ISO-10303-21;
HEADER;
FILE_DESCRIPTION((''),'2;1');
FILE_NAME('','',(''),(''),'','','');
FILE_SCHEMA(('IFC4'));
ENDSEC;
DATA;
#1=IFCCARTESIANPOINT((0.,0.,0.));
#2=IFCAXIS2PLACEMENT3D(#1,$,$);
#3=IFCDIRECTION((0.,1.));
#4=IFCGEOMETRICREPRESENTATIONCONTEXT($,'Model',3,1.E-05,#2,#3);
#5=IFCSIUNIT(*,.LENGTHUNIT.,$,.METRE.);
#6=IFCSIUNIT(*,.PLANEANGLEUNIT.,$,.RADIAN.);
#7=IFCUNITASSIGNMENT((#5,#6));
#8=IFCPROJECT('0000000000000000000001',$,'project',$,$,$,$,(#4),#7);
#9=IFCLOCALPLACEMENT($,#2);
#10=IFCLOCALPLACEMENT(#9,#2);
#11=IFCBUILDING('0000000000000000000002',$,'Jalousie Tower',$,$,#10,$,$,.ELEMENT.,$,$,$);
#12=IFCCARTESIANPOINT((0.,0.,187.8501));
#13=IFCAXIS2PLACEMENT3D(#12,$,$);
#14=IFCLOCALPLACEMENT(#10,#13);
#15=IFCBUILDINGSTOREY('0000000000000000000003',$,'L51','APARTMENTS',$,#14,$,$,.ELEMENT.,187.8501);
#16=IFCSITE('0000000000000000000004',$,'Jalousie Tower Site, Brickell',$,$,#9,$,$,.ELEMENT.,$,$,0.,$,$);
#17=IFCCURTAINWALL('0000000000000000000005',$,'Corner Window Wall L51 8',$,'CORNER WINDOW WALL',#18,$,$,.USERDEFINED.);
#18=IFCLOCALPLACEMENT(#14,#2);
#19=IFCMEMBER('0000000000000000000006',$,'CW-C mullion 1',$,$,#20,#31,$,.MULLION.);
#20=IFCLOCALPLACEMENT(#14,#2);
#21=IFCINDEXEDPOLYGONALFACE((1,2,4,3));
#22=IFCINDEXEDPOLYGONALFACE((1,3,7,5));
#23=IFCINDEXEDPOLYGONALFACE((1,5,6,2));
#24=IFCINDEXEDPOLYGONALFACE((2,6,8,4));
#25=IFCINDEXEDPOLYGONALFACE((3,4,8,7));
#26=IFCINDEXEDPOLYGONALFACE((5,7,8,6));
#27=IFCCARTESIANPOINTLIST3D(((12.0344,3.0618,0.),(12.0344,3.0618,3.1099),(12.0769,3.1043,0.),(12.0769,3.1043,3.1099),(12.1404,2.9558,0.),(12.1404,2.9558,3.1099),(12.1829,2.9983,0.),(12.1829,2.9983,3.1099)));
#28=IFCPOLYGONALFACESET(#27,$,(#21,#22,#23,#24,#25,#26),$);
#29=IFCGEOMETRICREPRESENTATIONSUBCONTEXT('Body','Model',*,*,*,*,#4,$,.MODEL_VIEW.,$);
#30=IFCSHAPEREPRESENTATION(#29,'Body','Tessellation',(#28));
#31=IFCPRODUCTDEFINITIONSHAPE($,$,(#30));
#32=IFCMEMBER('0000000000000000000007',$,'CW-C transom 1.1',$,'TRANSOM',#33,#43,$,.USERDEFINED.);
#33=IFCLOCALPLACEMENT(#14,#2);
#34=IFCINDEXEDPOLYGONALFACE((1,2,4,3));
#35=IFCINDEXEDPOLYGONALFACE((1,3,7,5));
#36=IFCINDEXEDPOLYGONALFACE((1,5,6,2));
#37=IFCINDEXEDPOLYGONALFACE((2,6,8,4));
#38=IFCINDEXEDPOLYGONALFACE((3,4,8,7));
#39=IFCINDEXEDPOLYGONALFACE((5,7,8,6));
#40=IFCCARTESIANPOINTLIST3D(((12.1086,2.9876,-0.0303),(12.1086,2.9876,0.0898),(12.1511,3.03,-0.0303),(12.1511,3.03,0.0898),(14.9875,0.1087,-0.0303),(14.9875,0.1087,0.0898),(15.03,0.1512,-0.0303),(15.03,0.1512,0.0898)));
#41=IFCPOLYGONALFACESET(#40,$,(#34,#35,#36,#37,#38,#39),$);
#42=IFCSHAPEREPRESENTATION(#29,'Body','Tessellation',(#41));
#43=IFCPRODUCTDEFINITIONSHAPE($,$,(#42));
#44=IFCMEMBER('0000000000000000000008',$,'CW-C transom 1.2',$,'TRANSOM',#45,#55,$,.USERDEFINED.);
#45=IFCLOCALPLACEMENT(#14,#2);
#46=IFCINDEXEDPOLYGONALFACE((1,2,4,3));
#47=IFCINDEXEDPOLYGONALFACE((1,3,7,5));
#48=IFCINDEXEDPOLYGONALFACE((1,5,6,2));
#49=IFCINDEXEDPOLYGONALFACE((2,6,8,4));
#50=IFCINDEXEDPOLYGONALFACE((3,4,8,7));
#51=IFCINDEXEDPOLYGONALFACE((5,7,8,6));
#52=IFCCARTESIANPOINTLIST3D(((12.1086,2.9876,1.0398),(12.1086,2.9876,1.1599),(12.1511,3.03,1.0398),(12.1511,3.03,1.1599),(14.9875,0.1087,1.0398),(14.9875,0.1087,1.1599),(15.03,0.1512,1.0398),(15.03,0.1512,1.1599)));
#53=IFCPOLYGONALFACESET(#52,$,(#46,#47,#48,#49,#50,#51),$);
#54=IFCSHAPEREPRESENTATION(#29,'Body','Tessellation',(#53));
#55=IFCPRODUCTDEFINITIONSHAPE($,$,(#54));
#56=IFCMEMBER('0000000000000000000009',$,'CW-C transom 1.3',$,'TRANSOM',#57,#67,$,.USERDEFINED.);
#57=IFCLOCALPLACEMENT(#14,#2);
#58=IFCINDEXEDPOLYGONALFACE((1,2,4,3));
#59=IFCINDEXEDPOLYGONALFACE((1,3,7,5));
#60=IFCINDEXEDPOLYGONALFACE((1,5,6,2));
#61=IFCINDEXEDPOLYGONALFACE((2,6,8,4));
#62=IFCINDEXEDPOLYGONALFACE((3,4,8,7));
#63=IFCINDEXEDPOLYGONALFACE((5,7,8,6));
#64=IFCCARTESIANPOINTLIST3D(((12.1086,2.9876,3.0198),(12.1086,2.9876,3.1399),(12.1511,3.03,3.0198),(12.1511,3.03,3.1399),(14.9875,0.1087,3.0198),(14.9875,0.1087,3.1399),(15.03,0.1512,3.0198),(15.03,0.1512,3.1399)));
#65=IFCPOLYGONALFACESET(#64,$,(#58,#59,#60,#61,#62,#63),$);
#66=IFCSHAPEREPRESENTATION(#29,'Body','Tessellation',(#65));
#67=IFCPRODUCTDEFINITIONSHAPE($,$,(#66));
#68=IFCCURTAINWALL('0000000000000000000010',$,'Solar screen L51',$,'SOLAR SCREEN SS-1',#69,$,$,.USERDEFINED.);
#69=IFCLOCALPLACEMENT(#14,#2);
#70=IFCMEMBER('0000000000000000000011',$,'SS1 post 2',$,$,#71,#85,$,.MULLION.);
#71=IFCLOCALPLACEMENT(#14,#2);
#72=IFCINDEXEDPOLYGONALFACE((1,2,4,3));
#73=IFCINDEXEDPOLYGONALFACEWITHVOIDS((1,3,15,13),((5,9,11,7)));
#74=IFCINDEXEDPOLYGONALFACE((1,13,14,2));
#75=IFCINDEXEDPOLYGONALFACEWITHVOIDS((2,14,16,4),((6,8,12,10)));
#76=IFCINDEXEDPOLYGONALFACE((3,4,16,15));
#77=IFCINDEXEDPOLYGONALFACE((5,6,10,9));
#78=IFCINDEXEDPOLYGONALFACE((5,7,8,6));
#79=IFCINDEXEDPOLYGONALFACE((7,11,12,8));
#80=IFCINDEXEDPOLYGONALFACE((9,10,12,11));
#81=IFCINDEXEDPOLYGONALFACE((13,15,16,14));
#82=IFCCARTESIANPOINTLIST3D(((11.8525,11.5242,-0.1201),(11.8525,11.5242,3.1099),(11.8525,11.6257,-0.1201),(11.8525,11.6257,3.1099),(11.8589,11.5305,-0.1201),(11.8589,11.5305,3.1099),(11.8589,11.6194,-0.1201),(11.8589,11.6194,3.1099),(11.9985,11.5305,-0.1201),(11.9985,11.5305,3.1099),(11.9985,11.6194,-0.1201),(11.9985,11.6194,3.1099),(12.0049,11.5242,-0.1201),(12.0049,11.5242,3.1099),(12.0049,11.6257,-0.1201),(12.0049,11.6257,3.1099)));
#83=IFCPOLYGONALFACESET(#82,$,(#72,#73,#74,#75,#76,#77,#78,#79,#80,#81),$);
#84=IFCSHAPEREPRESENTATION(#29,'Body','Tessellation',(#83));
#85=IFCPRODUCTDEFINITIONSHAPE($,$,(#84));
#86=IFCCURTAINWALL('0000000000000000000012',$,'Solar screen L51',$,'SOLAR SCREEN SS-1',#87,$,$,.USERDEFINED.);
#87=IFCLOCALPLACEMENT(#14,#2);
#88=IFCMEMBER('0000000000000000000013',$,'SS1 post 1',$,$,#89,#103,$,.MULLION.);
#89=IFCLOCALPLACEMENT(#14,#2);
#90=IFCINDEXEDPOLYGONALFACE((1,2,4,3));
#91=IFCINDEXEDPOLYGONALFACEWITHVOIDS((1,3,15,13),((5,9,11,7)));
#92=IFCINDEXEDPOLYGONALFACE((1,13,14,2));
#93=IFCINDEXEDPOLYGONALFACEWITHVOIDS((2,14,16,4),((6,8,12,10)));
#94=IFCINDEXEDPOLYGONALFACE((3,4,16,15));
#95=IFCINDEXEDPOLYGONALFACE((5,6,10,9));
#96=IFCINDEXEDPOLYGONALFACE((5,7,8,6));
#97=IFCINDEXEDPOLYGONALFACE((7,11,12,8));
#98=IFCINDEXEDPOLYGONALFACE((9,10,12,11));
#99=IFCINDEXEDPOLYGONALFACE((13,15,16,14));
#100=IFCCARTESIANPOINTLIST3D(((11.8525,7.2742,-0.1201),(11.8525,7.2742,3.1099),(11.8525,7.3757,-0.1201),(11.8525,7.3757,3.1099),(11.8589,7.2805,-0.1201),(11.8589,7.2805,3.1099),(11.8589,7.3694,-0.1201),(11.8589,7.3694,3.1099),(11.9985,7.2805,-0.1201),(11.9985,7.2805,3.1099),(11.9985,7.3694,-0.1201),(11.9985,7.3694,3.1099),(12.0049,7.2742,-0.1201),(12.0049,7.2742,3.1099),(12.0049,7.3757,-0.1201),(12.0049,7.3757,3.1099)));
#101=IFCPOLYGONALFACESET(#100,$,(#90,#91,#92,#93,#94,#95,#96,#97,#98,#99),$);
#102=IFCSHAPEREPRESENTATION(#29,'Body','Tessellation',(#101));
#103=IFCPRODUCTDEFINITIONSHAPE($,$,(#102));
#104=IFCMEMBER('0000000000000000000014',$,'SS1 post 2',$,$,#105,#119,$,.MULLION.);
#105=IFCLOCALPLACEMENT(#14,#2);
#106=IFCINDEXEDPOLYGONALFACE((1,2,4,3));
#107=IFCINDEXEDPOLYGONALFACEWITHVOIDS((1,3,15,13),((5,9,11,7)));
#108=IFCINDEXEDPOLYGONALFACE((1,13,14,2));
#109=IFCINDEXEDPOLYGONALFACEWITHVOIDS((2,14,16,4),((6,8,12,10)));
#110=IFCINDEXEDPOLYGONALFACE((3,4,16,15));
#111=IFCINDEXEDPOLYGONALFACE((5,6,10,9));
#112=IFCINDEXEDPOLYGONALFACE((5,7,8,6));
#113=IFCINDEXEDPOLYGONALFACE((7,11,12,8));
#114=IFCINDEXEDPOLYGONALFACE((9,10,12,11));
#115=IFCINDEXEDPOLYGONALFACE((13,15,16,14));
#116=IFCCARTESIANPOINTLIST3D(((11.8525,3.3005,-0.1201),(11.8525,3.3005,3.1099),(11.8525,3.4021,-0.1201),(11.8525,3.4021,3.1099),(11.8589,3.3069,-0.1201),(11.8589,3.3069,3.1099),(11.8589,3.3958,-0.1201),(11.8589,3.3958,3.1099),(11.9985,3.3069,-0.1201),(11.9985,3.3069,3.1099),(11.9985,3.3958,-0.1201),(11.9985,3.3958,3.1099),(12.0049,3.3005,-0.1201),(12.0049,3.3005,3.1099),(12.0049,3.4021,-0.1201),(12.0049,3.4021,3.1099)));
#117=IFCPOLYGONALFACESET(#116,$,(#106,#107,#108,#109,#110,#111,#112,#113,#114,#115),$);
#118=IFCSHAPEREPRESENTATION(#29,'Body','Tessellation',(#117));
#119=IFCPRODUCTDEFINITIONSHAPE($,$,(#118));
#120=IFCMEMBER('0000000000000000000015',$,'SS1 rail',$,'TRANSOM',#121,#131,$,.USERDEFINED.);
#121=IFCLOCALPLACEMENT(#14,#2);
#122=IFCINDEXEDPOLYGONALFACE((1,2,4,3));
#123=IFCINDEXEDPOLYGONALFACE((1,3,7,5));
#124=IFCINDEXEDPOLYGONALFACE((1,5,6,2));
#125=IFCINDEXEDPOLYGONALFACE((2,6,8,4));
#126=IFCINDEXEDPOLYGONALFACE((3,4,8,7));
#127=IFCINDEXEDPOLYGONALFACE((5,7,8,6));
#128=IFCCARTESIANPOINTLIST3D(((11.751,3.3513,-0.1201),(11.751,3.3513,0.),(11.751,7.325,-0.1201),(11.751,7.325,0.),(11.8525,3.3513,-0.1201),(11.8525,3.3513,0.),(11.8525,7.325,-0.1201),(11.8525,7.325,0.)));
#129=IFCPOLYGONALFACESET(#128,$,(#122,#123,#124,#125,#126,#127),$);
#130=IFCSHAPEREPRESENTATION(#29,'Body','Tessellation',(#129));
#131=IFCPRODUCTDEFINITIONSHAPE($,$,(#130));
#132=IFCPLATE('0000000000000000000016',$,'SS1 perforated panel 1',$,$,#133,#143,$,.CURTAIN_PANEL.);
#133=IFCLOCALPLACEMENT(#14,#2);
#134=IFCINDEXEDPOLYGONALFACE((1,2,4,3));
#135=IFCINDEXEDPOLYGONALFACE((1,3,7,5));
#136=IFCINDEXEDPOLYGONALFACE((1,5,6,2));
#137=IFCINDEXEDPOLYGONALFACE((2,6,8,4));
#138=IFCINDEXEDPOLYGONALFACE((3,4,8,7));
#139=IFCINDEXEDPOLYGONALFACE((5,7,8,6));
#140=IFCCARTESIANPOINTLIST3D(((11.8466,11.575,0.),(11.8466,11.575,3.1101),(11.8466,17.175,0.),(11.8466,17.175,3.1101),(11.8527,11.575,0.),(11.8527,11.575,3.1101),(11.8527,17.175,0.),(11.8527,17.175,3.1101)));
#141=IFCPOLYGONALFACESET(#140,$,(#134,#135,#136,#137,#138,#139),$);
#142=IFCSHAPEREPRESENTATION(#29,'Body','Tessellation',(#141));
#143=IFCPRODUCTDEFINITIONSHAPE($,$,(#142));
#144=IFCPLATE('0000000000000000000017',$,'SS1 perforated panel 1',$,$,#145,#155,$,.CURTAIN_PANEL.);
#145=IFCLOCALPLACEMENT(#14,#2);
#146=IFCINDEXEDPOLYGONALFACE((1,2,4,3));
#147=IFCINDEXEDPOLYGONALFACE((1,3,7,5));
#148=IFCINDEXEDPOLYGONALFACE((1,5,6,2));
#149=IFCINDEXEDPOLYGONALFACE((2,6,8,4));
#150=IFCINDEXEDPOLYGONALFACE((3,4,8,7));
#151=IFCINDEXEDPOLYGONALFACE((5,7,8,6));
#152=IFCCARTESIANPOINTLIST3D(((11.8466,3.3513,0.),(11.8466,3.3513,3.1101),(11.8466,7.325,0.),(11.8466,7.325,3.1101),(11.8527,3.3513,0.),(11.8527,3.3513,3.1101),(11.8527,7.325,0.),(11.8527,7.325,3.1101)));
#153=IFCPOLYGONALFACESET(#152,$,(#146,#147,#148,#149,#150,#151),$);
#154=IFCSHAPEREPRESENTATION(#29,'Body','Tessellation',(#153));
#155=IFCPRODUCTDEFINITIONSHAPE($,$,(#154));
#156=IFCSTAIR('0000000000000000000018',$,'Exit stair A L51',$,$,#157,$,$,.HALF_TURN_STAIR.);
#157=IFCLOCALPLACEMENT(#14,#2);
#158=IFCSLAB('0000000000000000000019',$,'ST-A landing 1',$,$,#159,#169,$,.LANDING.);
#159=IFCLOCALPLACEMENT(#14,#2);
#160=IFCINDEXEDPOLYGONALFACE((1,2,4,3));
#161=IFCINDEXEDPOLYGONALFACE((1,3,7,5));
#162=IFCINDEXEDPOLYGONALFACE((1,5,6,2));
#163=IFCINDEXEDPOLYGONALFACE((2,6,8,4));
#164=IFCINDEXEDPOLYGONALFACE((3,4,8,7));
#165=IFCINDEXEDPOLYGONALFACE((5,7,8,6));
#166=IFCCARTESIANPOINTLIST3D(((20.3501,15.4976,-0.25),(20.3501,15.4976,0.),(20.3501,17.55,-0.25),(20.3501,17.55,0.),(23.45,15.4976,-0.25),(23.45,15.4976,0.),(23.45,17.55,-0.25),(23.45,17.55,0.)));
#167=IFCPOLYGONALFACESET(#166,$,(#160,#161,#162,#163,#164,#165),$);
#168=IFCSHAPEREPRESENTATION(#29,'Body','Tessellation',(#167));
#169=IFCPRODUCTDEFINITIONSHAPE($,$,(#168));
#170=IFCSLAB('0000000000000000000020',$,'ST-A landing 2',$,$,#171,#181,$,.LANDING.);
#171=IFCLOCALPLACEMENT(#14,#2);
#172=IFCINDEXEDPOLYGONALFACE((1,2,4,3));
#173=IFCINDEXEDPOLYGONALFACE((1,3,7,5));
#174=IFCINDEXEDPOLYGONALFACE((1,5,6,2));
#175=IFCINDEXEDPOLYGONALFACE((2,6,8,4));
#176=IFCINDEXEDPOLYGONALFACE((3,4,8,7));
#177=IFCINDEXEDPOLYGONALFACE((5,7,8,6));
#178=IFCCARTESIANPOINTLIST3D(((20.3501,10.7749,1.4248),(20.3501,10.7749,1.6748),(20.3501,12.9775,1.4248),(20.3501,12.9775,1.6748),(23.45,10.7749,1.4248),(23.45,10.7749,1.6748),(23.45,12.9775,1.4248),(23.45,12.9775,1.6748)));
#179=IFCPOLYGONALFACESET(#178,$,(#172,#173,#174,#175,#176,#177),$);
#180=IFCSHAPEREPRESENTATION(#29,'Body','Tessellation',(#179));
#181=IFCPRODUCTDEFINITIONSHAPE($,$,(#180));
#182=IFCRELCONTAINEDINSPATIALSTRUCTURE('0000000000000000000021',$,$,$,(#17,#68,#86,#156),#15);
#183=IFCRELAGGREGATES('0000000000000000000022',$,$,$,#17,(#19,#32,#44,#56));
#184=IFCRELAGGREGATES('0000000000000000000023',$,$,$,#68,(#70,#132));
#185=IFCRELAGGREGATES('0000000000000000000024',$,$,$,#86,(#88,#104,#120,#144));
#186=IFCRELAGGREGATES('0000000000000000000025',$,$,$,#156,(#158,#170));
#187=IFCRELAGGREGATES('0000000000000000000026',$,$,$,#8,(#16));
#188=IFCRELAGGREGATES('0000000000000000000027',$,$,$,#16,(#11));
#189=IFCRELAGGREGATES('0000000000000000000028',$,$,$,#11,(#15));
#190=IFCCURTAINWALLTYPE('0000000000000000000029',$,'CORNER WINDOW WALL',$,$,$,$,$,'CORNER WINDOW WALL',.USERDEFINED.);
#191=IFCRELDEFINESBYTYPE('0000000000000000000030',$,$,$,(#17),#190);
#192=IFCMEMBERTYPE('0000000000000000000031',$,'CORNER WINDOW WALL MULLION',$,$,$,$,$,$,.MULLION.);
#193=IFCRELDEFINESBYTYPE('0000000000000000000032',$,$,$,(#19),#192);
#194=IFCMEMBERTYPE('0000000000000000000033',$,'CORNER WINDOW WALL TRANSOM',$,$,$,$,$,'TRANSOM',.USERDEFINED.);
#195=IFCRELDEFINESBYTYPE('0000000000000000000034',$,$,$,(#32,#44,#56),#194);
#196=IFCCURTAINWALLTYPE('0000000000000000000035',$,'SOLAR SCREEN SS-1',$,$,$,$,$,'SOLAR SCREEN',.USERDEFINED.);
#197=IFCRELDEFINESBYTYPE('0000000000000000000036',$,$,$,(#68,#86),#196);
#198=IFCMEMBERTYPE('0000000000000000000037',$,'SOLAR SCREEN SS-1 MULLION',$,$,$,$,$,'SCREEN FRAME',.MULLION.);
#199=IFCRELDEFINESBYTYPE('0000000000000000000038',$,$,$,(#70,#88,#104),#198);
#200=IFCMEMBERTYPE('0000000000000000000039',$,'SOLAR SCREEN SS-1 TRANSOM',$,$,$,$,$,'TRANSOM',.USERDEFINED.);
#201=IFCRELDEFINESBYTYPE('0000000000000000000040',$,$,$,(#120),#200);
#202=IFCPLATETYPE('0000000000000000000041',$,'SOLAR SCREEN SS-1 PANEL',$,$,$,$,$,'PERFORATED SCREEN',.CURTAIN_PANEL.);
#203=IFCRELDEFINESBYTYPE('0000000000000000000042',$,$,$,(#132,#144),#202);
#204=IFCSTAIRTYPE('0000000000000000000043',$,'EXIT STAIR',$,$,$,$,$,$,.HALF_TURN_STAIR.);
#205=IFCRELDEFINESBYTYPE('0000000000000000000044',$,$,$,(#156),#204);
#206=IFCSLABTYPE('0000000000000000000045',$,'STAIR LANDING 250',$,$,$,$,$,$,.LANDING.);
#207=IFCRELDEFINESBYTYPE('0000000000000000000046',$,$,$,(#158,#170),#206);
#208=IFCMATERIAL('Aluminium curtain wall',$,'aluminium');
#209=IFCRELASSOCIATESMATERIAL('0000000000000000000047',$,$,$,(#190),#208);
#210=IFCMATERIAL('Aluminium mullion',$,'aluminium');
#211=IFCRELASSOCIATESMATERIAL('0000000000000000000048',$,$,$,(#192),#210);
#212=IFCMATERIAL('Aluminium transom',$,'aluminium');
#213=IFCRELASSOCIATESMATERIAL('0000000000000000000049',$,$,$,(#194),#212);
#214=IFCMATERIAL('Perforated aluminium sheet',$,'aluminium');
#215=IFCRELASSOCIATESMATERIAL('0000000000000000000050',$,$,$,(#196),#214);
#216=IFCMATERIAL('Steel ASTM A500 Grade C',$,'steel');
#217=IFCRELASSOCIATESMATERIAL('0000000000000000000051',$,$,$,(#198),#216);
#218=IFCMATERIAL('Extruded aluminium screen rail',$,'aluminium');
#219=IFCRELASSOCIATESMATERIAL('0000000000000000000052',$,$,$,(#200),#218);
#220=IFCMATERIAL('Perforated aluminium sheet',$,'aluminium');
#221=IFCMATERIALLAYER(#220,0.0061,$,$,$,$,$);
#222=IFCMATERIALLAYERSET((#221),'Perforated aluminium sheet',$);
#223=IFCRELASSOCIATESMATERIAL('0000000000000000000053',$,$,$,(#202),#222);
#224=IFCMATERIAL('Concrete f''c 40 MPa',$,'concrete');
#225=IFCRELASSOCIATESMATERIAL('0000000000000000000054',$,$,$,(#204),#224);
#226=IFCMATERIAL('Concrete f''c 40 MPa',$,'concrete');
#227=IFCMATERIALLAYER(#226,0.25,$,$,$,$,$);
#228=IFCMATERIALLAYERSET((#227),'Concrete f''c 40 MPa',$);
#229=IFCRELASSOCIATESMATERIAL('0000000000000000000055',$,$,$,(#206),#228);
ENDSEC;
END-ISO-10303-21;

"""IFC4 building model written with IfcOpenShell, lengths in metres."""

from ifc_helpers import new_model, si_unit, direction, frame, origin, origin_2d, place, context, subcontext, project, spatial, polyline, rectangle, hollow_rectangle, outline, extrude, material, layer, layer_set, material_profile, profile_set, type_object, element, aggregate, save


model = new_model("IFC4")

# Units and contexts
model_context = context("Model", 3, precision=1e-05, world=origin(), true_north=direction((0.0, 1.0)))
body_context = subcontext(model_context, "Body", "Model", "MODEL_VIEW")
ifc_project = project(units=[si_unit("LENGTHUNIT", "METRE"), si_unit("PLANEANGLEUNIT", "RADIAN")], contexts=[model_context])

# Site, building, storey
site_placement = place(None, origin())
site = spatial("IfcSite", under=ifc_project, at=site_placement, Name="Jalousie Tower Site, Brickell", CompositionType="ELEMENT", RefElevation=0.0)
building_placement = place(site_placement, origin())
building = spatial("IfcBuilding", under=site, at=building_placement, Name="Jalousie Tower", CompositionType="ELEMENT")
storey_placement = place(building_placement, frame((0.0, 0.0, 187.8501)))
storey = spatial("IfcBuildingStorey", under=building, at=storey_placement, Name="L51", Description="APARTMENTS", CompositionType="ELEMENT", Elevation=187.8501)

# Curtain wall, members
ifc_material_1 = material(Name="Aluminium curtain wall", Category="aluminium")
curtain_wall_type_1 = type_object("IfcCurtainWallType", Name="CORNER WINDOW WALL", ElementType="CORNER WINDOW WALL", PredefinedType="USERDEFINED", material=ifc_material_1)
curtain_wall_1_placement = place(storey_placement, origin())
curtain_wall_1 = element("IfcCurtainWall", 1, at=curtain_wall_1_placement, inside=storey, type_object=curtain_wall_type_1, Name="Corner Window Wall L51 8", ObjectType="CORNER WINDOW WALL", PredefinedType="USERDEFINED")
ifc_material_2 = material(Name="Aluminium mullion", Category="aluminium")
ifc_material_profile_1 = material_profile(ifc_material_2, rectangle(XDim=0.0601, YDim=0.1499, at=origin_2d()), Name="MULLION 60x150")
ifc_profile_set_1 = profile_set([ifc_material_profile_1], Name="Aluminium mullion")
member_type_1 = type_object("IfcMemberType", Name="CORNER WINDOW WALL MULLION", PredefinedType="MULLION", material=ifc_profile_set_1)
member_1_placement = place(storey_placement, frame((12.1086, 3.03, 0.0), z_axis=(0.0, 0.0, 1.0), x_axis=(0.707107, 0.707107, 0.0)))
member_1 = element("IfcMember", 2, at=member_1_placement, type_object=member_type_1, Name="CW-C mullion 1", PredefinedType="MULLION", context=body_context, shape_type="SweptSolid", body=[
    extrude(rectangle(XDim=0.0601, YDim=0.1499, at=origin_2d()), origin(), (0.0, 0.0, 1.0), 3.1099),
])
ifc_material_3 = material(Name="Aluminium transom", Category="aluminium")
ifc_material_profile_2 = material_profile(ifc_material_3, rectangle(XDim=0.0601, YDim=0.1201, at=origin_2d()), Name="TRANSOM 60x120")
ifc_profile_set_2 = profile_set([ifc_material_profile_2], Name="Aluminium transom")
member_type_2 = type_object("IfcMemberType", Name="CORNER WINDOW WALL TRANSOM", ElementType="TRANSOM", PredefinedType="USERDEFINED", material=ifc_profile_set_2)
member_2_placement = place(storey_placement, frame((12.1299, 3.0088, 0.0298), z_axis=(0.707107, -0.707107, 0.0), x_axis=(0.707107, 0.707107, 0.0)))
member_2 = element("IfcMember", 3, at=member_2_placement, type_object=member_type_2, Name="CW-C transom 1.1", ObjectType="TRANSOM", PredefinedType="USERDEFINED", context=body_context, shape_type="SweptSolid", body=[
    extrude(rectangle(XDim=0.0601, YDim=0.1201, at=origin_2d()), origin(), (0.0, 0.0, 1.0), 4.0713),
])
member_3_placement = place(storey_placement, frame((12.1299, 3.0088, 1.0999), z_axis=(0.707107, -0.707107, 0.0), x_axis=(0.707107, 0.707107, 0.0)))
member_3 = element("IfcMember", 4, at=member_3_placement, type_object=member_type_2, Name="CW-C transom 1.2", ObjectType="TRANSOM", PredefinedType="USERDEFINED", context=body_context, shape_type="SweptSolid", body=[
    extrude(rectangle(XDim=0.0601, YDim=0.1201, at=origin_2d()), origin(), (0.0, 0.0, 1.0), 4.0713),
])
member_4_placement = place(storey_placement, frame((12.1299, 3.0088, 3.0798), z_axis=(0.707107, -0.707107, 0.0), x_axis=(0.707107, 0.707107, 0.0)))
member_4 = element("IfcMember", 5, at=member_4_placement, type_object=member_type_2, Name="CW-C transom 1.3", ObjectType="TRANSOM", PredefinedType="USERDEFINED", context=body_context, shape_type="SweptSolid", body=[
    extrude(rectangle(XDim=0.0601, YDim=0.1201, at=origin_2d()), origin(), (0.0, 0.0, 1.0), 4.0713),
])
aggregate(curtain_wall_1, [member_1, member_2, member_3, member_4])

# Curtain wall, member
ifc_material_4 = material(Name="Perforated aluminium sheet", Category="aluminium")
curtain_wall_type_2 = type_object("IfcCurtainWallType", Name="SOLAR SCREEN SS-1", ElementType="SOLAR SCREEN", PredefinedType="USERDEFINED", material=ifc_material_4)
curtain_wall_2_placement = place(storey_placement, origin())
curtain_wall_2 = element("IfcCurtainWall", 6, at=curtain_wall_2_placement, inside=storey, type_object=curtain_wall_type_2, Name="Solar screen L51", ObjectType="SOLAR SCREEN SS-1", PredefinedType="USERDEFINED")
ifc_material_5 = material(Name="Steel ASTM A500 Grade C", Category="steel")
ifc_material_profile_3 = material_profile(ifc_material_5, hollow_rectangle(XDim=0.1016, YDim=0.1523, WallThickness=0.0063, at=origin_2d()), Name="HSS6X4X1/4")
ifc_profile_set_3 = profile_set([ifc_material_profile_3], Name="Steel ASTM A500 Grade C")
member_type_3 = type_object("IfcMemberType", Name="SOLAR SCREEN SS-1 MULLION", ElementType="SCREEN FRAME", PredefinedType="MULLION", material=ifc_profile_set_3)
member_5_placement = place(storey_placement, frame((11.9287, 11.575, -0.1201), z_axis=(0.0, 0.0, 1.0), x_axis=(0.0, -1.0, 0.0)))
member_5 = element("IfcMember", 7, at=member_5_placement, type_object=member_type_3, Name="SS1 post 2", PredefinedType="MULLION", context=body_context, shape_type="SweptSolid", body=[
    extrude(hollow_rectangle(XDim=0.1016, YDim=0.1523, WallThickness=0.0063, at=origin_2d()), origin(), (0.0, 0.0, 1.0), 3.23),
])

# Curtain wall, members
curtain_wall_3_placement = place(storey_placement, origin())
curtain_wall_3 = element("IfcCurtainWall", 8, at=curtain_wall_3_placement, inside=storey, type_object=curtain_wall_type_2, Name="Solar screen L51", ObjectType="SOLAR SCREEN SS-1", PredefinedType="USERDEFINED")
member_6_placement = place(storey_placement, frame((11.9287, 7.325, -0.1201), z_axis=(0.0, 0.0, 1.0), x_axis=(0.0, -1.0, 0.0)))
member_6 = element("IfcMember", 9, at=member_6_placement, type_object=member_type_3, Name="SS1 post 1", PredefinedType="MULLION", context=body_context, shape_type="SweptSolid", body=[
    extrude(hollow_rectangle(XDim=0.1016, YDim=0.1523, WallThickness=0.0063, at=origin_2d()), origin(), (0.0, 0.0, 1.0), 3.23),
])
member_7_placement = place(storey_placement, frame((11.9287, 3.3513, -0.1201), z_axis=(0.0, 0.0, 1.0), x_axis=(0.0, -1.0, 0.0)))
member_7 = element("IfcMember", 10, at=member_7_placement, type_object=member_type_3, Name="SS1 post 2", PredefinedType="MULLION", context=body_context, shape_type="SweptSolid", body=[
    extrude(hollow_rectangle(XDim=0.1016, YDim=0.1523, WallThickness=0.0063, at=origin_2d()), origin(), (0.0, 0.0, 1.0), 3.23),
])
ifc_material_6 = material(Name="Extruded aluminium screen rail", Category="aluminium")
ifc_material_profile_4 = material_profile(ifc_material_6, rectangle(XDim=0.1016, YDim=0.1201, at=origin_2d()), Name="RAIL 102x120")
ifc_profile_set_4 = profile_set([ifc_material_profile_4], Name="Extruded aluminium screen rail")
member_type_4 = type_object("IfcMemberType", Name="SOLAR SCREEN SS-1 TRANSOM", ElementType="TRANSOM", PredefinedType="USERDEFINED", material=ifc_profile_set_4)
member_8_placement = place(storey_placement, frame((11.8018, 7.325, -0.0601), z_axis=(0.0, -1.0, 0.0), x_axis=(1.0, 0.0, 0.0)))
member_8 = element("IfcMember", 11, at=member_8_placement, type_object=member_type_4, Name="SS1 rail", ObjectType="TRANSOM", PredefinedType="USERDEFINED", context=body_context, shape_type="SweptSolid", body=[
    extrude(rectangle(XDim=0.1016, YDim=0.1201, at=origin_2d()), origin(), (0.0, 0.0, 1.0), 3.9736),
])

# Plates
ifc_material_7 = material(Name="Perforated aluminium sheet", Category="aluminium")
ifc_layer_1 = layer(ifc_material_7, 0.0061)
ifc_layer_set_1 = layer_set([ifc_layer_1], Name="Perforated aluminium sheet")
plate_type = type_object("IfcPlateType", Name="SOLAR SCREEN SS-1 PANEL", ElementType="PERFORATED SCREEN", PredefinedType="CURTAIN_PANEL", material=ifc_layer_set_1)
plate_1_placement = place(storey_placement, frame((11.8496, 14.375, 0.0), z_axis=(0.0, 0.0, 1.0), x_axis=(0.0, -1.0, 0.0)))
plate_1 = element("IfcPlate", 12, at=plate_1_placement, type_object=plate_type, Name="SS1 perforated panel 1", PredefinedType="CURTAIN_PANEL", context=body_context, shape_type="SweptSolid", body=[
    extrude(rectangle(XDim=5.6001, YDim=0.0061, at=origin_2d()), origin(), (0.0, 0.0, 1.0), 3.1101),
])
aggregate(curtain_wall_2, [member_5, plate_1])
plate_2_placement = place(storey_placement, frame((11.8496, 5.3381, 0.0), z_axis=(0.0, 0.0, 1.0), x_axis=(0.0, -1.0, 0.0)))
plate_2 = element("IfcPlate", 13, at=plate_2_placement, type_object=plate_type, Name="SS1 perforated panel 1", PredefinedType="CURTAIN_PANEL", context=body_context, shape_type="SweptSolid", body=[
    extrude(rectangle(XDim=3.9736, YDim=0.0061, at=origin_2d()), origin(), (0.0, 0.0, 1.0), 3.1101),
])
aggregate(curtain_wall_3, [member_6, member_7, member_8, plate_2])

# Stair, slabs
ifc_material_8 = material(Name="Concrete f'c 40 MPa", Category="concrete")
stair_type = type_object("IfcStairType", Name="EXIT STAIR", PredefinedType="HALF_TURN_STAIR", material=ifc_material_8)
stair_1_placement = place(storey_placement, origin())
stair_1 = element("IfcStair", 14, at=stair_1_placement, inside=storey, type_object=stair_type, Name="Exit stair A L51", PredefinedType="HALF_TURN_STAIR")
ifc_material_9 = material(Name="Concrete f'c 40 MPa", Category="concrete")
ifc_layer_2 = layer(ifc_material_9, 0.25)
ifc_layer_set_2 = layer_set([ifc_layer_2], Name="Concrete f'c 40 MPa")
slab_type_1 = type_object("IfcSlabType", Name="STAIR LANDING 250", PredefinedType="LANDING", material=ifc_layer_set_2)
slab_1_placement = place(storey_placement, frame((0.0, 0.0, -0.25)))
slab_1 = element("IfcSlab", 15, at=slab_1_placement, type_object=slab_type_1, Name="ST-A landing 1", PredefinedType="LANDING", context=body_context, shape_type="SweptSolid", body=[
    extrude(outline(polyline([(20.3501, 15.4976), (23.45, 15.4976), (23.45, 17.55), (20.3501, 17.55), (20.3501, 15.4976)])), origin(), (0.0, 0.0, 1.0), 0.25),
])
slab_2_placement = place(storey_placement, frame((0.0, 0.0, 1.4248)))
slab_2 = element("IfcSlab", 16, at=slab_2_placement, type_object=slab_type_1, Name="ST-A landing 2", PredefinedType="LANDING", context=body_context, shape_type="SweptSolid", body=[
    extrude(outline(polyline([(20.3501, 10.7749), (23.45, 10.7749), (23.45, 12.9775), (20.3501, 12.9775), (20.3501, 10.7749)])), origin(), (0.0, 0.0, 1.0), 0.25),
])
aggregate(stair_1, [slab_1, slab_2])

save(model, "model.ifc")
